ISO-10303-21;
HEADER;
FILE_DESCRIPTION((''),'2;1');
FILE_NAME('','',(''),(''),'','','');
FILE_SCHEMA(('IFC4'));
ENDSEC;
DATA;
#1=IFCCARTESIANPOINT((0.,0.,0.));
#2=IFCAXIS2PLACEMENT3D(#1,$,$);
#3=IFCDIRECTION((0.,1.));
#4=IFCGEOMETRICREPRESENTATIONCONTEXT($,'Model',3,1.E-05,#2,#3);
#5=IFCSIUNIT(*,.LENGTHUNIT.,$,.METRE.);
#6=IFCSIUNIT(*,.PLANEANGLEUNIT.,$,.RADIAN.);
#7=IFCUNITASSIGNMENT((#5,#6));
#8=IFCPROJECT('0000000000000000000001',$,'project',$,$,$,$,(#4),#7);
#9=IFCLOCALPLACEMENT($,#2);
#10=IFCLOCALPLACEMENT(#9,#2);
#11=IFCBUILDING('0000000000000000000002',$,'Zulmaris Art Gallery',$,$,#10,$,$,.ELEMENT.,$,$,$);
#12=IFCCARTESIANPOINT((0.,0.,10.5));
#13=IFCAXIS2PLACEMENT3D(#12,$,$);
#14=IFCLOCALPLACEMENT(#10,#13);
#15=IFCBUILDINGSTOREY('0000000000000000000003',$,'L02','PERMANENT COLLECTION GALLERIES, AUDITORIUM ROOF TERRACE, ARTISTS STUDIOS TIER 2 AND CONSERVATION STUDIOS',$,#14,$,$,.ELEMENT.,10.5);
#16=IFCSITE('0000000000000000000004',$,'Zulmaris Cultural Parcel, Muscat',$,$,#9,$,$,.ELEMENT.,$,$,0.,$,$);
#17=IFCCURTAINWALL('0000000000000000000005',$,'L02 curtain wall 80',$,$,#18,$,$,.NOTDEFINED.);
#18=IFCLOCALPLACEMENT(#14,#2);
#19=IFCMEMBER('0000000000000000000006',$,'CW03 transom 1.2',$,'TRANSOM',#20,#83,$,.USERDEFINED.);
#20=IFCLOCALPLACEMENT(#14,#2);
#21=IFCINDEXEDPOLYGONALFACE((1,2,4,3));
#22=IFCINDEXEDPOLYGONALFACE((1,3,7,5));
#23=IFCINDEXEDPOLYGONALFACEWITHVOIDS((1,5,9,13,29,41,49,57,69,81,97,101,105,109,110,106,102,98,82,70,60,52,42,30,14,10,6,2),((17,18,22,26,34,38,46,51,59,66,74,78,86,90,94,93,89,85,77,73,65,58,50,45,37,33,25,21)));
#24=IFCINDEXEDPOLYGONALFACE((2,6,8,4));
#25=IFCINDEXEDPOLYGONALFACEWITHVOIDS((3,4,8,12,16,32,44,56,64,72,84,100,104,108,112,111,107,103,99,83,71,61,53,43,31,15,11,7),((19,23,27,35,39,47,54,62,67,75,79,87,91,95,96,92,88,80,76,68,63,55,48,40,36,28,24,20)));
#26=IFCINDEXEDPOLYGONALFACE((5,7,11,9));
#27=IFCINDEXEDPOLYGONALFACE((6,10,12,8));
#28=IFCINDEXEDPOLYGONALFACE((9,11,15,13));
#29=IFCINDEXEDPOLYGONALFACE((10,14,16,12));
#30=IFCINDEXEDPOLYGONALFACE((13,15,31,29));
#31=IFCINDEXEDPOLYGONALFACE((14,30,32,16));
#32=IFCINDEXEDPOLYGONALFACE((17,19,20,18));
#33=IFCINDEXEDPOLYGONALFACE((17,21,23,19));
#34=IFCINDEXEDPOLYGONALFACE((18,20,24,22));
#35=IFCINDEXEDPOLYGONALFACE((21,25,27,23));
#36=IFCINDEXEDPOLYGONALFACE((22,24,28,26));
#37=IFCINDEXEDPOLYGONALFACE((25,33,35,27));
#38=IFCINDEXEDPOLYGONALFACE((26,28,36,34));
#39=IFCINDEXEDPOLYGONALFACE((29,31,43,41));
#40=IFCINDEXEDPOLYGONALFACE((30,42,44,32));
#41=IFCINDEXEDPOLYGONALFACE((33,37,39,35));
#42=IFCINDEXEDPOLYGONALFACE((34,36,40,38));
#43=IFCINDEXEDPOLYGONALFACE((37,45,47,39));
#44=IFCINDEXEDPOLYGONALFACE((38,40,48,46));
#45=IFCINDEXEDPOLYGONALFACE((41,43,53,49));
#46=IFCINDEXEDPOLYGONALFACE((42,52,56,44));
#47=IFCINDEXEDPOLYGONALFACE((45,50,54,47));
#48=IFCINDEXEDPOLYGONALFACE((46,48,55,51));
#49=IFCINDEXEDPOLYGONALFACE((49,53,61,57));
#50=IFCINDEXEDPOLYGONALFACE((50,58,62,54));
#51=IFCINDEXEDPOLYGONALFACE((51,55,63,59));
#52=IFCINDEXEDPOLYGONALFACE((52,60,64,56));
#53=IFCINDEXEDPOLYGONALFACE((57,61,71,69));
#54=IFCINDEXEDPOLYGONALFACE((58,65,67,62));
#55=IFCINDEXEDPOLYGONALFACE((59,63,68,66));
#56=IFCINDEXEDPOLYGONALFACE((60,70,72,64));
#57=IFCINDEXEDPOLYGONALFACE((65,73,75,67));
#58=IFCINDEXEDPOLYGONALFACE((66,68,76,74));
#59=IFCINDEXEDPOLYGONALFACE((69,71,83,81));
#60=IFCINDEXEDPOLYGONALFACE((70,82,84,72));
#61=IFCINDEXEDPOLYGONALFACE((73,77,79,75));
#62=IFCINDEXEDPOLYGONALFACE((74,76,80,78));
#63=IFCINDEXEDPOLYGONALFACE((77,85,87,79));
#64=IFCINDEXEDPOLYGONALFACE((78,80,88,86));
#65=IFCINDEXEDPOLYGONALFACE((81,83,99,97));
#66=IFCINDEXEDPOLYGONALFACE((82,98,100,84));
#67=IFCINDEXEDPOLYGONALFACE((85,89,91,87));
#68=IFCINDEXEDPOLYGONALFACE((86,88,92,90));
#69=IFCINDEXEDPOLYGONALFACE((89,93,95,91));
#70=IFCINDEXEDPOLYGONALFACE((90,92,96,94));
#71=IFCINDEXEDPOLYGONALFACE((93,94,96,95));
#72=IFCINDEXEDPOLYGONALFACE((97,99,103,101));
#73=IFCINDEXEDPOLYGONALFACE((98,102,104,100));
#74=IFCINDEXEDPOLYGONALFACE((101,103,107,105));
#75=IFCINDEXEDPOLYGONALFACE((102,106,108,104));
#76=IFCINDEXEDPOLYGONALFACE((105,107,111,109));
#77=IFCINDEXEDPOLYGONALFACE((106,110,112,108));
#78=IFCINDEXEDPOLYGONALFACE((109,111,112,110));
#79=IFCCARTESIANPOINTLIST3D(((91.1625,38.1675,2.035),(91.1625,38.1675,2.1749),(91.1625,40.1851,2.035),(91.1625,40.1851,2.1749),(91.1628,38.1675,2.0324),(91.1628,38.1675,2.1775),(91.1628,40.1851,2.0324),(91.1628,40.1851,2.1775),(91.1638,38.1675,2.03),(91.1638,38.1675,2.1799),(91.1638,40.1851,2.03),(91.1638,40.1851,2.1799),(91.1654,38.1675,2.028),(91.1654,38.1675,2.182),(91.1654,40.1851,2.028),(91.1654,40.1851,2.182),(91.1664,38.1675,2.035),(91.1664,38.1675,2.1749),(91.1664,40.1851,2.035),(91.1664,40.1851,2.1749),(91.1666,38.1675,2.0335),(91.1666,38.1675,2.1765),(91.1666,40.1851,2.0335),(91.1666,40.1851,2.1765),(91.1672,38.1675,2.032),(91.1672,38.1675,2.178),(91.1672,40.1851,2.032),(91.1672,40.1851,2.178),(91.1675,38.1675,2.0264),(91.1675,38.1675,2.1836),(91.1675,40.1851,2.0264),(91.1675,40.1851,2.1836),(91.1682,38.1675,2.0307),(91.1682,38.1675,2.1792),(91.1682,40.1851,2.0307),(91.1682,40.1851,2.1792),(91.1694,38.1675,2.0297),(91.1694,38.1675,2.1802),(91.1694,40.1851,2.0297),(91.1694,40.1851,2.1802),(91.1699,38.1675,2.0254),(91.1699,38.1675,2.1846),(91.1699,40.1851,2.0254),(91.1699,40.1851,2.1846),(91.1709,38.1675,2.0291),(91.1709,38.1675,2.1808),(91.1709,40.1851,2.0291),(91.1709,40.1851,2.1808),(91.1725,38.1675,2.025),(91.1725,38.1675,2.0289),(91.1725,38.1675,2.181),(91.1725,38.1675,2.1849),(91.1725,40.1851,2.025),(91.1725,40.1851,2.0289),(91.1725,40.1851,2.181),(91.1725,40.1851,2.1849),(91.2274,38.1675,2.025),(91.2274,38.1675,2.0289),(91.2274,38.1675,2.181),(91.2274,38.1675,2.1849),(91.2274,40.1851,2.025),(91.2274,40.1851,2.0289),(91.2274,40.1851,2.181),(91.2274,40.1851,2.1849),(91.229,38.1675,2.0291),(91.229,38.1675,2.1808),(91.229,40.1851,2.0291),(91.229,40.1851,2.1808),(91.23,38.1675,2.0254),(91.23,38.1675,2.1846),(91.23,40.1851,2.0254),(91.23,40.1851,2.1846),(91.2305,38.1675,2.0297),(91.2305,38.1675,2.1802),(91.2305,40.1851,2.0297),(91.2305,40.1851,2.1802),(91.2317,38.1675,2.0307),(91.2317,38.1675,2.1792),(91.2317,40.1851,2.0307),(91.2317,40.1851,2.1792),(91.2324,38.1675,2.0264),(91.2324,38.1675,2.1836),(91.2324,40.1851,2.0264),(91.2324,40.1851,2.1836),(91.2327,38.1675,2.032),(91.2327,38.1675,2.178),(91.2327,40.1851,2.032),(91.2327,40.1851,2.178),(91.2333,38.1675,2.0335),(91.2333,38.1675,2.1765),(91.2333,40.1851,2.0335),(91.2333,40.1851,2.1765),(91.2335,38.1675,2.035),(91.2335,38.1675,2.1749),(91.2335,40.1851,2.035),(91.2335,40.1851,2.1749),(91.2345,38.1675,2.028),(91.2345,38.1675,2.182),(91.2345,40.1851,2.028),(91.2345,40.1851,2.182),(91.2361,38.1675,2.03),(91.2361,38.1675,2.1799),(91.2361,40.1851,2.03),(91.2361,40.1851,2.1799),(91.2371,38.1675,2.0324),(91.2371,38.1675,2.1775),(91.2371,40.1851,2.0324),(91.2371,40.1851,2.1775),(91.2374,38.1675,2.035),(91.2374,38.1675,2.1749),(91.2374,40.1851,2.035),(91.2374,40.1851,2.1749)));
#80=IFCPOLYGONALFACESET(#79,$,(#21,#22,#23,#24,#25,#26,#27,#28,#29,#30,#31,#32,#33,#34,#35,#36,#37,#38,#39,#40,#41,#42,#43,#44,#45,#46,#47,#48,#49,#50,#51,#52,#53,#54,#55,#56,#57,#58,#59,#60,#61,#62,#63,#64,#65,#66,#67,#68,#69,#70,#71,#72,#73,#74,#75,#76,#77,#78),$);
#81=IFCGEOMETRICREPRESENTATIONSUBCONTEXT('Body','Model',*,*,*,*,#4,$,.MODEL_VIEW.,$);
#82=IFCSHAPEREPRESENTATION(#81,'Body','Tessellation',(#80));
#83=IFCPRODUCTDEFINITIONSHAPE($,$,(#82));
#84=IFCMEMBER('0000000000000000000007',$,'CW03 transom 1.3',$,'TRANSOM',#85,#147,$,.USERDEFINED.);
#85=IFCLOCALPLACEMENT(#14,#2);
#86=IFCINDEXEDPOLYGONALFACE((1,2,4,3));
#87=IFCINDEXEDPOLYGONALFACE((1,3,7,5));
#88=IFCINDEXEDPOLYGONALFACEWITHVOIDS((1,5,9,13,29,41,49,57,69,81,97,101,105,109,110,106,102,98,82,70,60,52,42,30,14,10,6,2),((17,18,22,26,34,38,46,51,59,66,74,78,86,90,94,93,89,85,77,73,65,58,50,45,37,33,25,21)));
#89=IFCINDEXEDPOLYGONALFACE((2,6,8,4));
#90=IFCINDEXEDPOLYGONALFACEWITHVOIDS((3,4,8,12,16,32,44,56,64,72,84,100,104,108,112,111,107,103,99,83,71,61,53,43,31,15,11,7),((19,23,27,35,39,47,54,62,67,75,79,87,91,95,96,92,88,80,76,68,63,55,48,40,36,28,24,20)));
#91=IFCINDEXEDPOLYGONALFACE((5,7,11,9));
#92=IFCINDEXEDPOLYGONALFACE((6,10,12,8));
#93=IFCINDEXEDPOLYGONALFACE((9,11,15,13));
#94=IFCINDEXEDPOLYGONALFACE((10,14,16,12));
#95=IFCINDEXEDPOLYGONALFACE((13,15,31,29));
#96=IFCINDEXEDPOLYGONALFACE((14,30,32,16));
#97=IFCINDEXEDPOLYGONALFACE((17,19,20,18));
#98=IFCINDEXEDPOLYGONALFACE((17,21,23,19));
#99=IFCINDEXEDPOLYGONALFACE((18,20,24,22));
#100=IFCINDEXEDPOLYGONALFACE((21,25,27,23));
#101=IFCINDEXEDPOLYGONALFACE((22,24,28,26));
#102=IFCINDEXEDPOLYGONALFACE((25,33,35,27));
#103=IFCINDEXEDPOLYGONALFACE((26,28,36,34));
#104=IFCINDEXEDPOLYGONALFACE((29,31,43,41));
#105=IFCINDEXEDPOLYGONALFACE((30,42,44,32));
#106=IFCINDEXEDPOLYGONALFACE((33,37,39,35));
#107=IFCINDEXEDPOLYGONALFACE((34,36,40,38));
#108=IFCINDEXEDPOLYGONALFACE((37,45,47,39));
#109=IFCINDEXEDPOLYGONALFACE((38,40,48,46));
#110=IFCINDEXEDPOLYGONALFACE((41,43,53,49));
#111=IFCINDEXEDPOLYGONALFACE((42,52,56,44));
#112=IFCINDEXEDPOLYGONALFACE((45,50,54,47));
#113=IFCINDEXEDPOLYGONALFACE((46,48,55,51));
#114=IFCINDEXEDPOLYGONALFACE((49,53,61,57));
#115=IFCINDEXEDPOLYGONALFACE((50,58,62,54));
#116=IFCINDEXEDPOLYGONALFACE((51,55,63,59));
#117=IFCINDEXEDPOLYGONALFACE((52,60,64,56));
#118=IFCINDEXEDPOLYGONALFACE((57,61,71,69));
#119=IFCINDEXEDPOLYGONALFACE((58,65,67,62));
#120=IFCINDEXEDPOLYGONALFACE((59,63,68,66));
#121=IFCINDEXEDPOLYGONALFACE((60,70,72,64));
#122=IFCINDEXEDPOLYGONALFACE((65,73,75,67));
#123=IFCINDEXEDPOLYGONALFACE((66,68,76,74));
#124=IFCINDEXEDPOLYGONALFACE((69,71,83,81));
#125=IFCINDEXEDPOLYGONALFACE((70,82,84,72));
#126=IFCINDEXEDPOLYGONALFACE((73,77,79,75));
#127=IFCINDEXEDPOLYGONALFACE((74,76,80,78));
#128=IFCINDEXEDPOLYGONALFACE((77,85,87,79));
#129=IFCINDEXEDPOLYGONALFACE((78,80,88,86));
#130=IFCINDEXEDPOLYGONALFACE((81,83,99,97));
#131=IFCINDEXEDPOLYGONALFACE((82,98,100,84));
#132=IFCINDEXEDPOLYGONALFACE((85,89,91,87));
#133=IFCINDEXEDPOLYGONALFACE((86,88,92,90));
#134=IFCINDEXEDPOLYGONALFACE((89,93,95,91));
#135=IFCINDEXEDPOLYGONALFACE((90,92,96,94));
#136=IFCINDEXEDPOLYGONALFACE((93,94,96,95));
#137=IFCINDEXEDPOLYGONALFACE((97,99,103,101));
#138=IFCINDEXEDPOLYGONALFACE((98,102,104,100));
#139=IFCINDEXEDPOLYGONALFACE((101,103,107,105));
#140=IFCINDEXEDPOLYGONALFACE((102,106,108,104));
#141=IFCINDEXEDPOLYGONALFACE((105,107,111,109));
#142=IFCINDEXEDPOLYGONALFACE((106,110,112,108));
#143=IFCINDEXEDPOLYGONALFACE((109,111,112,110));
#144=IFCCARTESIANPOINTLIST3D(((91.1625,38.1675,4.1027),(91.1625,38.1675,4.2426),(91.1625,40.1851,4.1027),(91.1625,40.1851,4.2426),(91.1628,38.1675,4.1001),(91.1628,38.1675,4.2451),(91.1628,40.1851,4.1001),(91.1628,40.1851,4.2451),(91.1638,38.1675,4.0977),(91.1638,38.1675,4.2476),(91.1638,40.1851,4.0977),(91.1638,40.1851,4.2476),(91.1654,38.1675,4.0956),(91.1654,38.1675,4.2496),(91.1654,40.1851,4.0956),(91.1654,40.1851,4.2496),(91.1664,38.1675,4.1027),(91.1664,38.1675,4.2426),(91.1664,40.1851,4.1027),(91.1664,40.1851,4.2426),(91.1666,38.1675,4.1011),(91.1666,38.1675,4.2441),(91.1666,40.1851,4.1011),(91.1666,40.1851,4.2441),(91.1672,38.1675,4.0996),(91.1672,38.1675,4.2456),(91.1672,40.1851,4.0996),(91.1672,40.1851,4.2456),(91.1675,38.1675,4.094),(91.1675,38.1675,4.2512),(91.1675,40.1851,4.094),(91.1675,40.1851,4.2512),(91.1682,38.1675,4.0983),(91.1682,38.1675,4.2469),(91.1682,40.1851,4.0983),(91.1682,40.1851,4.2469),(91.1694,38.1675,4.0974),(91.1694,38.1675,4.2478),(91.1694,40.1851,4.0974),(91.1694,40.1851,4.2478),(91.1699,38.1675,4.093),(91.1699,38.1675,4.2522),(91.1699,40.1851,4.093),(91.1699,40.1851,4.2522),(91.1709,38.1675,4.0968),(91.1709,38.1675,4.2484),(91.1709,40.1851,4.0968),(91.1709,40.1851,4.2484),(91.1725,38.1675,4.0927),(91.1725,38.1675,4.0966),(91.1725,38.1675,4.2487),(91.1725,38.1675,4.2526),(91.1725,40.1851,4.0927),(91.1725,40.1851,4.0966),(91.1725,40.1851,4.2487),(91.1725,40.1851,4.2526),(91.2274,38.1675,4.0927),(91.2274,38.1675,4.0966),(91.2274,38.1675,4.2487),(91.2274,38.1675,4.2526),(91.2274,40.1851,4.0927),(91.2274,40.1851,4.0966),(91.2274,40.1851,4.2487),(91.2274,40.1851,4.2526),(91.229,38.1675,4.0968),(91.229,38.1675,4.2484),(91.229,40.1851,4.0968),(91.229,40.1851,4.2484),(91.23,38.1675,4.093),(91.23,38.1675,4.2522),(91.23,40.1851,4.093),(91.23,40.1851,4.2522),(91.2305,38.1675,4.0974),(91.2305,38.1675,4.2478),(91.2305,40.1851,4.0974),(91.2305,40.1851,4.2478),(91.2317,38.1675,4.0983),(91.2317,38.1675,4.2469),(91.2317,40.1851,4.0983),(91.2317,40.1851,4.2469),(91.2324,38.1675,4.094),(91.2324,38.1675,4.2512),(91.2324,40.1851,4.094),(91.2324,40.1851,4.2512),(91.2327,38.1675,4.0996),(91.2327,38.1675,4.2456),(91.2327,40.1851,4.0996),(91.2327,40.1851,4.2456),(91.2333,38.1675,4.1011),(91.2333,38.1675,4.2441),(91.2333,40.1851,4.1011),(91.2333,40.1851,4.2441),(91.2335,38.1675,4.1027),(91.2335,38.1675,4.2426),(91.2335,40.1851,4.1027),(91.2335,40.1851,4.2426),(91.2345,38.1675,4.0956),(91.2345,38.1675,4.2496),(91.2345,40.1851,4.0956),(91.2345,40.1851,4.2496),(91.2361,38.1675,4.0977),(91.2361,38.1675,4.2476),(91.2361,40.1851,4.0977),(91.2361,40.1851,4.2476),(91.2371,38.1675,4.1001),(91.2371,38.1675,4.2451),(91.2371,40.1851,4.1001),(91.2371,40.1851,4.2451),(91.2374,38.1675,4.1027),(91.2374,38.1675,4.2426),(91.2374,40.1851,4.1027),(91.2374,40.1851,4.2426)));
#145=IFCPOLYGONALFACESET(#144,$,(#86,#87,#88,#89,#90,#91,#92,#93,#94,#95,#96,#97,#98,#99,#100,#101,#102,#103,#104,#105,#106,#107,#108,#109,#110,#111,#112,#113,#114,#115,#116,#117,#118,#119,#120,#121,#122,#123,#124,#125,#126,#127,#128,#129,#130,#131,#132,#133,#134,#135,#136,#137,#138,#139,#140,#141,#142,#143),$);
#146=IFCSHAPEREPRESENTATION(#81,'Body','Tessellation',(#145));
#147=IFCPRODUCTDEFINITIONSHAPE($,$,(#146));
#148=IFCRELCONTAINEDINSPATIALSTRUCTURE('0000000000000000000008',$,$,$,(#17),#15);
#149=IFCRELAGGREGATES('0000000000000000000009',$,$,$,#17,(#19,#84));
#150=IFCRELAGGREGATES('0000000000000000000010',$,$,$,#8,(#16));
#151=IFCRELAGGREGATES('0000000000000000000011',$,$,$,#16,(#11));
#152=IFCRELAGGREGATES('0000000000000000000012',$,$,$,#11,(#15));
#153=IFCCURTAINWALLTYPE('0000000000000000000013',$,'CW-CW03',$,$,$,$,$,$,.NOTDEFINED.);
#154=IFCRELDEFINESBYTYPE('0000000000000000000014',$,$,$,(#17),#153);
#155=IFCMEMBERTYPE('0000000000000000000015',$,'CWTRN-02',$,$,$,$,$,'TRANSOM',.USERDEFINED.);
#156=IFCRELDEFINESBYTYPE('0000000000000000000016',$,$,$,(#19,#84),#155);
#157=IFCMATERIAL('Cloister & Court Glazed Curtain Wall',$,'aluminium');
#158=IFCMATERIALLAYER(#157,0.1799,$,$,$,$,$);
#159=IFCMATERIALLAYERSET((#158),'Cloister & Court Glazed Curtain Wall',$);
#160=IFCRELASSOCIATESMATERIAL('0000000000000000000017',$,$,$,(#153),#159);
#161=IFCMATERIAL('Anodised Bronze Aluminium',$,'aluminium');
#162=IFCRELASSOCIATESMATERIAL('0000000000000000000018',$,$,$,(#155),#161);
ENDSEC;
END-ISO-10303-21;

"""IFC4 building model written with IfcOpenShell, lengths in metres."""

from ifc_helpers import new_model, si_unit, direction, frame, origin, origin_2d, place, context, subcontext, project, spatial, hollow_rectangle, extrude, material, layer, layer_set, material_profile, profile_set, type_object, element, aggregate, save


model = new_model("IFC4")

# Units and contexts
model_context = context("Model", 3, precision=1e-05, world=origin(), true_north=direction((0.0, 1.0)))
body_context = subcontext(model_context, "Body", "Model", "MODEL_VIEW")
ifc_project = project(units=[si_unit("LENGTHUNIT", "METRE"), si_unit("PLANEANGLEUNIT", "RADIAN")], contexts=[model_context])

# Site, building, storey
site_placement = place(None, origin())
site = spatial("IfcSite", under=ifc_project, at=site_placement, Name="Zulmaris Cultural Parcel, Muscat", CompositionType="ELEMENT", RefElevation=0.0)
building_placement = place(site_placement, origin())
building = spatial("IfcBuilding", under=site, at=building_placement, Name="Zulmaris Art Gallery", CompositionType="ELEMENT")
storey_placement = place(building_placement, frame((0.0, 0.0, 10.5)))
storey = spatial("IfcBuildingStorey", under=building, at=storey_placement, Name="L02", Description="PERMANENT COLLECTION GALLERIES, AUDITORIUM ROOF TERRACE, ARTISTS STUDIOS TIER 2 AND CONSERVATION STUDIOS", CompositionType="ELEMENT", Elevation=10.5)

# Curtain wall
ifc_material_1 = material(Name="Cloister & Court Glazed Curtain Wall", Category="aluminium")
ifc_layer_1 = layer(ifc_material_1, 0.1799)
ifc_layer_set_1 = layer_set([ifc_layer_1], Name="Cloister & Court Glazed Curtain Wall")
curtain_wall_type = type_object("IfcCurtainWallType", Name="CW-CW03", PredefinedType="NOTDEFINED", material=ifc_layer_set_1)
curtain_wall_1_placement = place(storey_placement, origin())
curtain_wall_1 = element("IfcCurtainWall", 1, at=curtain_wall_1_placement, inside=storey, type_object=curtain_wall_type, Name="L02 curtain wall 80", PredefinedType="NOTDEFINED")
ifc_material_2 = material(Name="Anodised Bronze Aluminium", Category="aluminium")

# Shared definitions
ifc_material_profile_1 = material_profile(ifc_material_2, hollow_rectangle(XDim=0.075, YDim=0.1599, WallThickness=0.0039, InnerFilletRadius=0.0061, OuterFilletRadius=0.01, at=origin_2d()), Name="ALU 75x160x4")
ifc_profile_set_1 = profile_set([ifc_material_profile_1], Name="Anodised Bronze Aluminium")
member_type_1 = type_object("IfcMemberType", Name="CWTRN-02", ElementType="TRANSOM", PredefinedType="USERDEFINED", material=ifc_profile_set_1)

# Members
member_1_placement = place(storey_placement, frame((91.2, 40.1851, 2.105), z_axis=(0.0, -1.0, 0.0), x_axis=(1.0, 0.0, 0.0)))
member_1 = element("IfcMember", 2, at=member_1_placement, type_object=member_type_1, Name="CW03 transom 1.2", ObjectType="TRANSOM", PredefinedType="USERDEFINED", context=body_context, shape_type="SweptSolid", body=[
    extrude(hollow_rectangle(XDim=0.075, YDim=0.1599, WallThickness=0.0039, InnerFilletRadius=0.0061, OuterFilletRadius=0.01, at=origin_2d()), origin(), (0.0, 0.0, 1.0), 2.0176),
])
member_2_placement = place(storey_placement, frame((91.2, 40.1851, 4.1726), z_axis=(0.0, -1.0, 0.0), x_axis=(1.0, 0.0, 0.0)))
member_2 = element("IfcMember", 3, at=member_2_placement, type_object=member_type_1, Name="CW03 transom 1.3", ObjectType="TRANSOM", PredefinedType="USERDEFINED", context=body_context, shape_type="SweptSolid", body=[
    extrude(hollow_rectangle(XDim=0.075, YDim=0.1599, WallThickness=0.0039, InnerFilletRadius=0.0061, OuterFilletRadius=0.01, at=origin_2d()), origin(), (0.0, 0.0, 1.0), 2.0176),
])

aggregate(curtain_wall_1, [member_1, member_2])

save(model, "model.ifc")
